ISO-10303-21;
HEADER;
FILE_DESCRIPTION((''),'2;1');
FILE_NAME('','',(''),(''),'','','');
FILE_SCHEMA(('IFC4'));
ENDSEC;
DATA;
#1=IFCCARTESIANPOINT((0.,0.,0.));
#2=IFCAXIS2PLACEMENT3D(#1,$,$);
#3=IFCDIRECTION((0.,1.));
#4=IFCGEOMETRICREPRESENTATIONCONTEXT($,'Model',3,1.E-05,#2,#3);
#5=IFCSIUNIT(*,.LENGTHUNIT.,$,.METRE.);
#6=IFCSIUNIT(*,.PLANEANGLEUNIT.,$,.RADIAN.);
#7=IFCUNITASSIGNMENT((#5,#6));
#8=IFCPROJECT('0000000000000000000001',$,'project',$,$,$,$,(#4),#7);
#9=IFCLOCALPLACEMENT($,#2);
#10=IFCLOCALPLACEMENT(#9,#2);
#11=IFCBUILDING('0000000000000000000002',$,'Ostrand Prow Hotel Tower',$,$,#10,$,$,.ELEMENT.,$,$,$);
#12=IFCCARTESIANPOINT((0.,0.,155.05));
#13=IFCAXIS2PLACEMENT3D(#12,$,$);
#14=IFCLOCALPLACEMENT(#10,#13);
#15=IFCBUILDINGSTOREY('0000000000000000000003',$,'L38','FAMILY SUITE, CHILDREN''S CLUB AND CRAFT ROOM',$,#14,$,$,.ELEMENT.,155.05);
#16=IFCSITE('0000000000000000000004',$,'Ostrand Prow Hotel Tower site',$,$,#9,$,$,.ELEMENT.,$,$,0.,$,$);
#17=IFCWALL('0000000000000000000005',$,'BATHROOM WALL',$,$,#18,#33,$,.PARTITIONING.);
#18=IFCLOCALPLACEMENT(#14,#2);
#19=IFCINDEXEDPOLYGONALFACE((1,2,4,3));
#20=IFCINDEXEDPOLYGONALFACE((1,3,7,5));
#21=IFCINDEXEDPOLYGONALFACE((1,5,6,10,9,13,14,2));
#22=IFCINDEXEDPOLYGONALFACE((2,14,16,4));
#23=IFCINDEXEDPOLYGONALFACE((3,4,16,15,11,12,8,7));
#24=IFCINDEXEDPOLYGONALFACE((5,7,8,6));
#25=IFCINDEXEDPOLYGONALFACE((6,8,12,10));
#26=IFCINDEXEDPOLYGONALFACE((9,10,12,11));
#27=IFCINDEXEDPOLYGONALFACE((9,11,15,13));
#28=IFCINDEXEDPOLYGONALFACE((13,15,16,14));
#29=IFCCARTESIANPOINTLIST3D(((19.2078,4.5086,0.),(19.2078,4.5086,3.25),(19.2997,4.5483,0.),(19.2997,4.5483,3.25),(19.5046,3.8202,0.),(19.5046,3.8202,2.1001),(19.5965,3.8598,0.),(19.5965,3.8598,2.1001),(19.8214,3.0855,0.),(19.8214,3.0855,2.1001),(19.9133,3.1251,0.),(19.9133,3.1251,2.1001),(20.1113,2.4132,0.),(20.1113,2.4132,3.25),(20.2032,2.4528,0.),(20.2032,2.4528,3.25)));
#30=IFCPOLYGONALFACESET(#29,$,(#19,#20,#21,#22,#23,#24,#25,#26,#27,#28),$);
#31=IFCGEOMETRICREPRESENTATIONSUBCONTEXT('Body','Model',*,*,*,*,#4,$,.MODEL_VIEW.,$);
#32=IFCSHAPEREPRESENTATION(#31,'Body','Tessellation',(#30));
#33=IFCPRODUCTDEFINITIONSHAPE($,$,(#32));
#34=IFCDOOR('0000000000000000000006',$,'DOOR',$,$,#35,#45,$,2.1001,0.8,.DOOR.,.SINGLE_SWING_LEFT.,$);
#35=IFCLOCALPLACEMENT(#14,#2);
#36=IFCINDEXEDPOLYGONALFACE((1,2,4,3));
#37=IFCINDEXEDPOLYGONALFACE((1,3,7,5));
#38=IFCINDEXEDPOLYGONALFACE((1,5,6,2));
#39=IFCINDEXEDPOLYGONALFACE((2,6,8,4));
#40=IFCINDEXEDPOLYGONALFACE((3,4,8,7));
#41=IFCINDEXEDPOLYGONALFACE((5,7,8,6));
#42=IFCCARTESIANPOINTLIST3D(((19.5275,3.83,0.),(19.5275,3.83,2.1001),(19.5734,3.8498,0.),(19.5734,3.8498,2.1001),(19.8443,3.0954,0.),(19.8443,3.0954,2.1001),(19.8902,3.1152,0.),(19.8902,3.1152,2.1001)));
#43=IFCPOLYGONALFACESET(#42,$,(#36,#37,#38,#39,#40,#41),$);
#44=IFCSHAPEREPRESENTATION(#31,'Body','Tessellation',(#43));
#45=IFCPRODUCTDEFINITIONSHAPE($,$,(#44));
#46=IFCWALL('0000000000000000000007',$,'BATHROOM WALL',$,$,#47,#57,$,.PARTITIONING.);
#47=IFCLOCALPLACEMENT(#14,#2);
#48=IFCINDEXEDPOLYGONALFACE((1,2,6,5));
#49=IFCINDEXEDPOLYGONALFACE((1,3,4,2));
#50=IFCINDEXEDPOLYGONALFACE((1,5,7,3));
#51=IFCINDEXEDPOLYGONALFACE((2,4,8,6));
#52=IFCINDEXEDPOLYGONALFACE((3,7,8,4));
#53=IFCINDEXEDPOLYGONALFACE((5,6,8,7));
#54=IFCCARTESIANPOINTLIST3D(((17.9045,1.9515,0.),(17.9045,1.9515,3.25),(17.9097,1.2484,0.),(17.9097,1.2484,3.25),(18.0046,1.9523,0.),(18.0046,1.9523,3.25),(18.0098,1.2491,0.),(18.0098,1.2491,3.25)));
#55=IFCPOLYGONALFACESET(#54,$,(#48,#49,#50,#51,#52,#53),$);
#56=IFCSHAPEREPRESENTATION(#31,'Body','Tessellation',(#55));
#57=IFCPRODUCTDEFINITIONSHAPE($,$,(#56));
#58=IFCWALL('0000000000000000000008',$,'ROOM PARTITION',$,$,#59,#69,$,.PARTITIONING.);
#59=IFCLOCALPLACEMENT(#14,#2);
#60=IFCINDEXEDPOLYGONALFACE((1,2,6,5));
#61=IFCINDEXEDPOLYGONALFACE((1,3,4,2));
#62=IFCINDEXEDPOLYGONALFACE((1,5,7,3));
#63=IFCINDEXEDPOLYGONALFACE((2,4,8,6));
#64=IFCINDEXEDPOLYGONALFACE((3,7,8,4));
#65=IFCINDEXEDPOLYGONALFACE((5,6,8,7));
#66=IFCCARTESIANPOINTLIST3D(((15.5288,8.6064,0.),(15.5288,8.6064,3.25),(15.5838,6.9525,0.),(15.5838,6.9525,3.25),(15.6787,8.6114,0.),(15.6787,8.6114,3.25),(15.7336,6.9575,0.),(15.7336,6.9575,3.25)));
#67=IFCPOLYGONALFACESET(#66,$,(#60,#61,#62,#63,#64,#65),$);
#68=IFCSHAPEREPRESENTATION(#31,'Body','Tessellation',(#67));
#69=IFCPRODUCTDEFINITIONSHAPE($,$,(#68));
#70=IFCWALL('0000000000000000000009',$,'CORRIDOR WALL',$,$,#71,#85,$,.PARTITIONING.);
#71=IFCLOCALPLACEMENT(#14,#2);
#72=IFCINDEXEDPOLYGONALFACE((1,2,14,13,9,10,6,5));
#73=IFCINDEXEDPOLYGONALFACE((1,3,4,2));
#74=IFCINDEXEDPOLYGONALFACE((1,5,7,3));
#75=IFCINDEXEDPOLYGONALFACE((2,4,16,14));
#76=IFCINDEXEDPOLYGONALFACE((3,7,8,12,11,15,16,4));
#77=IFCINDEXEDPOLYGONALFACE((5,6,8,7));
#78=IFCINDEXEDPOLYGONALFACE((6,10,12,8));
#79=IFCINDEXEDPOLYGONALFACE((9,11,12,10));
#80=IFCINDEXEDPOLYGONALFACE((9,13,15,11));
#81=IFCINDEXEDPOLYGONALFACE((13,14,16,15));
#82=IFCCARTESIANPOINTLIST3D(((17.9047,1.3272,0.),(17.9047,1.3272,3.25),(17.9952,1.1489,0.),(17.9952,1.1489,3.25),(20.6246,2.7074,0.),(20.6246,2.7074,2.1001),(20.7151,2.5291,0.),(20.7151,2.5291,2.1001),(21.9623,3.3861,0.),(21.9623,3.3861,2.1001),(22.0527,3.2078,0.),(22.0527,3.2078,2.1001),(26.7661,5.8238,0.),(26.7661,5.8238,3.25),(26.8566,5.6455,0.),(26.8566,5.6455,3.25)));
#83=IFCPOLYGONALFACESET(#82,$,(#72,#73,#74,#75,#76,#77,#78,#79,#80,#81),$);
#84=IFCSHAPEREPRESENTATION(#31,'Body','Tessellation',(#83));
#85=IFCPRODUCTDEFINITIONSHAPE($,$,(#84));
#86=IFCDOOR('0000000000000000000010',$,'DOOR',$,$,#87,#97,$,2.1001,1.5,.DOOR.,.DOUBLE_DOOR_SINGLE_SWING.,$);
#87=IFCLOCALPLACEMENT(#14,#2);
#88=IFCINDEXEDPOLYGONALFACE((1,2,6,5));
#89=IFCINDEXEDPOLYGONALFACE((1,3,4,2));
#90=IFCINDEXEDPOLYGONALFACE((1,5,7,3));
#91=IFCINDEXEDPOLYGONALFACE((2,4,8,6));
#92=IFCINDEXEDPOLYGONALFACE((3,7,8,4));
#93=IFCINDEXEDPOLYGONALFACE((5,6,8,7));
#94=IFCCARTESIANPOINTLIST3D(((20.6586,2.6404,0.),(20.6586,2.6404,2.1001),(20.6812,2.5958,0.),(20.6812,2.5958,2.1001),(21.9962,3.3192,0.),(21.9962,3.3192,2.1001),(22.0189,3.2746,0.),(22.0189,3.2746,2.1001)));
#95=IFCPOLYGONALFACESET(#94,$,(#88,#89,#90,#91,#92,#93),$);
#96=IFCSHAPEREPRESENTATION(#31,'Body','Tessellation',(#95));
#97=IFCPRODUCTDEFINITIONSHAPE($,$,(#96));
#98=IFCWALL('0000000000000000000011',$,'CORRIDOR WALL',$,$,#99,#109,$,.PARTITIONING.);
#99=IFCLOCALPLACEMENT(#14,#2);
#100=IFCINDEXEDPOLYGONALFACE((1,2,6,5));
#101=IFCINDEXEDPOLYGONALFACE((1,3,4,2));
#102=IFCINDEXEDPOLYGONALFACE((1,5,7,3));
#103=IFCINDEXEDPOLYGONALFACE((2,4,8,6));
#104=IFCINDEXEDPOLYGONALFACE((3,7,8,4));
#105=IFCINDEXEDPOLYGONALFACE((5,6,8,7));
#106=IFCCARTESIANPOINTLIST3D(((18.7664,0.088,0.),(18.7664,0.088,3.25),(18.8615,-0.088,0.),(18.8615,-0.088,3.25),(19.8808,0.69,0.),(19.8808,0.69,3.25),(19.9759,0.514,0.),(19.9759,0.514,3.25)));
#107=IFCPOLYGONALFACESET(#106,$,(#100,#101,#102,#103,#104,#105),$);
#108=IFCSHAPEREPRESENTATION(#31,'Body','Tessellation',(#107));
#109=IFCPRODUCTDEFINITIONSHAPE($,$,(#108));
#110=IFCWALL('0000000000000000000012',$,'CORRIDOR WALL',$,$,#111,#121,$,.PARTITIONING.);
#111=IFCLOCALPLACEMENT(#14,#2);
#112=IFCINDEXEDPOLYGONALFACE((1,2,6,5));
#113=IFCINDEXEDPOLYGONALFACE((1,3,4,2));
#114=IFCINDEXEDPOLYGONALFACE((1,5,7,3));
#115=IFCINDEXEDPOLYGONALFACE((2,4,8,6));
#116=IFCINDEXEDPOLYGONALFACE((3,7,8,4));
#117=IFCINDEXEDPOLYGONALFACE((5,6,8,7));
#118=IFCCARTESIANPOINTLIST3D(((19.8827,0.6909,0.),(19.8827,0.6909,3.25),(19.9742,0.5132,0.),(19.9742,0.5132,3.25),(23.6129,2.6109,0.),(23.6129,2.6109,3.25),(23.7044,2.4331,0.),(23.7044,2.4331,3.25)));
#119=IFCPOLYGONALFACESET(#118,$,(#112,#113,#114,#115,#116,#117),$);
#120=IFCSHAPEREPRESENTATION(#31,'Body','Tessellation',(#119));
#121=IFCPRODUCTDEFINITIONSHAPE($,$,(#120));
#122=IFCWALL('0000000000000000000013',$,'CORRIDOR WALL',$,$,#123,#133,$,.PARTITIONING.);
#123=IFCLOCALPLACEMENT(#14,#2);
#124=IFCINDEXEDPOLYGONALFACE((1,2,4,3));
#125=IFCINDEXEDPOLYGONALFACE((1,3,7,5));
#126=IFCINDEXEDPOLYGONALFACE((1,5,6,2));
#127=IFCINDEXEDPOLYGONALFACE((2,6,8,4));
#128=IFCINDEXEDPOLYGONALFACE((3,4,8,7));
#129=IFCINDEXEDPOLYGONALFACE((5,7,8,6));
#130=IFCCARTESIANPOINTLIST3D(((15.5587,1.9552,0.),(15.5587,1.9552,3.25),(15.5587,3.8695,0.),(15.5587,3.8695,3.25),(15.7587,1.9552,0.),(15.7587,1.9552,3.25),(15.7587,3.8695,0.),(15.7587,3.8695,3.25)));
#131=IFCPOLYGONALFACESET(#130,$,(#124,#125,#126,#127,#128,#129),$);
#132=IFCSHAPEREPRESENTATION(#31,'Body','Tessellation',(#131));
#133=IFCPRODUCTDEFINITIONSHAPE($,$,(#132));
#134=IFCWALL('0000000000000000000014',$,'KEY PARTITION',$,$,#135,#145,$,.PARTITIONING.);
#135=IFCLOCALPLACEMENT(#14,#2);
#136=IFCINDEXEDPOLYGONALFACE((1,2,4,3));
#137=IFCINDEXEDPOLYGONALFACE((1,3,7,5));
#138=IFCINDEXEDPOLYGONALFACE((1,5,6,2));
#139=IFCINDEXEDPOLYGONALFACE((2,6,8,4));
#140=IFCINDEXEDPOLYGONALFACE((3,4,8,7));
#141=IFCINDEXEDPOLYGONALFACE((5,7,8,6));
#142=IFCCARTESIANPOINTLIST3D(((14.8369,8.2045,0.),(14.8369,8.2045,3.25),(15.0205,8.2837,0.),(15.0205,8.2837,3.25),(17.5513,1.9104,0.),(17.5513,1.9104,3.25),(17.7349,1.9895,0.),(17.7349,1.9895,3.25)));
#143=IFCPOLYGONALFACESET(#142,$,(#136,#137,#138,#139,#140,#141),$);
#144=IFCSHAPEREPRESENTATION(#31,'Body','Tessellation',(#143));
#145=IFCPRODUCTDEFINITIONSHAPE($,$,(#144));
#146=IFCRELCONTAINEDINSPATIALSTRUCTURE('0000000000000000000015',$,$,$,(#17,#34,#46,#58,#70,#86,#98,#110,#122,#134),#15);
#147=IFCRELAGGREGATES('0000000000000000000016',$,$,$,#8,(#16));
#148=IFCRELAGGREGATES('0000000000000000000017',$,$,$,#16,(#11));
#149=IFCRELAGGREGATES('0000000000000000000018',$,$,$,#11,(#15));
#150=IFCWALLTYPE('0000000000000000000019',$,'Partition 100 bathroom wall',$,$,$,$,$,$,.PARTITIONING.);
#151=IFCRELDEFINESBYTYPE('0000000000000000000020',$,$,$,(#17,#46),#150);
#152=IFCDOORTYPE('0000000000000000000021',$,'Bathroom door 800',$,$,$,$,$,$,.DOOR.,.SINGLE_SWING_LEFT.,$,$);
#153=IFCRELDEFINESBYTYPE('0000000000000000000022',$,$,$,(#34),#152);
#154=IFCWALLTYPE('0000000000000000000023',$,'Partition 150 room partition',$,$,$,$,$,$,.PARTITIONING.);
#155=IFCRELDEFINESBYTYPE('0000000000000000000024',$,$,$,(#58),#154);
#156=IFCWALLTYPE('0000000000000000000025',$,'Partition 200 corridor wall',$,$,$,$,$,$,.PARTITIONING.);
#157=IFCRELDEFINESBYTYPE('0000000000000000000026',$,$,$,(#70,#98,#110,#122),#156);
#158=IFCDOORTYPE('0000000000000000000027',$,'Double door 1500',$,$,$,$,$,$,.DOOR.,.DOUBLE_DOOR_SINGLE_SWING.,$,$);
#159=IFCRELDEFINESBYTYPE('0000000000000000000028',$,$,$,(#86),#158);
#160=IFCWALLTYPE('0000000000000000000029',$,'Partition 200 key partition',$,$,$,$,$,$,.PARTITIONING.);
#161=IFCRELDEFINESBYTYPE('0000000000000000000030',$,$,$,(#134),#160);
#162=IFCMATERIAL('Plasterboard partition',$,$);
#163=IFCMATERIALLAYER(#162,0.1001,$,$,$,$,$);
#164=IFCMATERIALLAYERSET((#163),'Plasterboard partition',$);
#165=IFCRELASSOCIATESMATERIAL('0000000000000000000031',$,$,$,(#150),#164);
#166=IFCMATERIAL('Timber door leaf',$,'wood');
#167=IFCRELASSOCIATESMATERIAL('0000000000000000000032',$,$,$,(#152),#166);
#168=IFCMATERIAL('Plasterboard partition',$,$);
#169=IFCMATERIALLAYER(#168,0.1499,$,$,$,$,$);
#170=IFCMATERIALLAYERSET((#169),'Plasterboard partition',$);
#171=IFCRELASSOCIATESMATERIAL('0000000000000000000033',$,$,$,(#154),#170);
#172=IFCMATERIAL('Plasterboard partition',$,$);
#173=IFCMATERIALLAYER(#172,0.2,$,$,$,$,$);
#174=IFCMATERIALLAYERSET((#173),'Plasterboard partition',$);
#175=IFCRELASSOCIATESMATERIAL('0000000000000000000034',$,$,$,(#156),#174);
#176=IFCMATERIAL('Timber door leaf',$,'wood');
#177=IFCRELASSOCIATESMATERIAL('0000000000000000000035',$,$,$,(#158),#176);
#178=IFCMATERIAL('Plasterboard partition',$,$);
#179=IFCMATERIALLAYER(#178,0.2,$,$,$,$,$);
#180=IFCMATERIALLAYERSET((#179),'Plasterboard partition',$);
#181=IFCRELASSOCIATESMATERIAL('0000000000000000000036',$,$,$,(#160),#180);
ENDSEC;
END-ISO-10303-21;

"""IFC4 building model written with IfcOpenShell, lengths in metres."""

from ifc_helpers import new_model, si_unit, direction, frame, frame_2d, origin, place, context, subcontext, project, spatial, rectangle, extrude, material, layer, layer_set, type_object, element, fill, save


model = new_model("IFC4")

# Units and contexts
model_context = context("Model", 3, precision=1e-05, world=origin(), true_north=direction((0.0, 1.0)))
body_context = subcontext(model_context, "Body", "Model", "MODEL_VIEW")
ifc_project = project(units=[si_unit("LENGTHUNIT", "METRE"), si_unit("PLANEANGLEUNIT", "RADIAN")], contexts=[model_context])

# Site, building, storey
site_placement = place(None, origin())
site = spatial("IfcSite", under=ifc_project, at=site_placement, Name="Ostrand Prow Hotel Tower site", CompositionType="ELEMENT", RefElevation=0.0)
building_placement = place(site_placement, origin())
building = spatial("IfcBuilding", under=site, at=building_placement, Name="Ostrand Prow Hotel Tower", CompositionType="ELEMENT")
storey_placement = place(building_placement, frame((0.0, 0.0, 155.05)))
storey = spatial("IfcBuildingStorey", under=building, at=storey_placement, Name="L38", Description="FAMILY SUITE, CHILDREN'S CLUB AND CRAFT ROOM", CompositionType="ELEMENT", Elevation=155.05)

# Shared definitions
ifc_material_1 = material(Name="Plasterboard partition")
ifc_layer_1 = layer(ifc_material_1, 0.1001)
ifc_layer_set_1 = layer_set([ifc_layer_1], Name="Plasterboard partition")
wall_type_1 = type_object("IfcWallType", Name="Partition 100 bathroom wall", PredefinedType="PARTITIONING", material=ifc_layer_set_1)

# Wall, opening, door
wall_1_placement = place(storey_placement, frame((19.2537, 4.5286, 0.0), z_axis=(0.0, 0.0, 1.0), x_axis=(0.395958, -0.918268, 0.0)))
wall_1 = element("IfcWall", 1, at=wall_1_placement, inside=storey, type_object=wall_type_1, Name="BATHROOM WALL", PredefinedType="PARTITIONING", context=body_context, shape_type="SweptSolid", body=[
    extrude(rectangle(XDim=2.282, YDim=0.1001, at=frame_2d((1.1411, 0.0))), origin(), (0.0, 0.0, 1.0), 3.25),
])
opening_1_placement = place(wall_1_placement, frame((0.75, 0.0, 0.0)))
opening_1 = element("IfcOpeningElement", 2, at=opening_1_placement, cuts=wall_1, PredefinedType="OPENING", context=body_context, shape_type="SweptSolid", body=[
    extrude(rectangle(XDim=0.8, YDim=2.1001, at=frame_2d((0.3999, 1.05))), frame((0.0, 0.0601, 0.0), z_axis=(0.0, -1.0, 0.0), x_axis=(1.0, 0.0, 0.0)), (0.0, 0.0, 1.0), 0.1201),
])
ifc_material_2 = material(Name="Timber door leaf", Category="wood")
door_type_1 = type_object("IfcDoorType", Name="Bathroom door 800", OperationType="SINGLE_SWING_LEFT", PredefinedType="DOOR", material=ifc_material_2)
door_1_placement = place(opening_1_placement, origin())
door_1 = element("IfcDoor", 3, at=door_1_placement, inside=storey, type_object=door_type_1, Name="DOOR", OperationType="SINGLE_SWING_LEFT", OverallHeight=2.1001, OverallWidth=0.8, PredefinedType="DOOR", context=body_context, shape_type="SweptSolid", body=[
    extrude(rectangle(XDim=0.8, YDim=2.1001, at=frame_2d((0.3999, 1.05))), frame((0.0, 0.0249, 0.0), z_axis=(0.0, -1.0, 0.0), x_axis=(1.0, 0.0, 0.0)), (0.0, 0.0, 1.0), 0.05),
])
fill(opening_1, door_1)

# Walls
wall_2_placement = place(storey_placement, frame((17.9597, 1.2488, 0.0), z_axis=(0.0, 0.0, 1.0), x_axis=(-0.007291, 0.999973, 0.0)))
element("IfcWall", 4, at=wall_2_placement, inside=storey, type_object=wall_type_1, Name="BATHROOM WALL", PredefinedType="PARTITIONING", context=body_context, shape_type="SweptSolid", body=[
    extrude(rectangle(XDim=0.7031, YDim=0.1001, at=frame_2d((0.3516, 0.0))), origin(), (0.0, 0.0, 1.0), 3.25),
])
ifc_material_3 = material(Name="Plasterboard partition")
ifc_layer_2 = layer(ifc_material_3, 0.1499)
ifc_layer_set_2 = layer_set([ifc_layer_2], Name="Plasterboard partition")
wall_type_2 = type_object("IfcWallType", Name="Partition 150 room partition", PredefinedType="PARTITIONING", material=ifc_layer_set_2)
wall_3_placement = place(storey_placement, frame((15.6038, 8.6089, 0.0), z_axis=(0.0, 0.0, 1.0), x_axis=(0.033197, -0.999449, 0.0)))
element("IfcWall", 5, at=wall_3_placement, inside=storey, type_object=wall_type_2, Name="ROOM PARTITION", PredefinedType="PARTITIONING", context=body_context, shape_type="SweptSolid", body=[
    extrude(rectangle(XDim=1.6548, YDim=0.1499, at=frame_2d((0.8274, 0.0))), origin(), (0.0, 0.0, 1.0), 3.25),
])

# Wall, opening, door
ifc_material_4 = material(Name="Plasterboard partition")
ifc_layer_3 = layer(ifc_material_4, 0.2)
ifc_layer_set_3 = layer_set([ifc_layer_3], Name="Plasterboard partition")
wall_type_3 = type_object("IfcWallType", Name="Partition 200 corridor wall", PredefinedType="PARTITIONING", material=ifc_layer_set_3)
wall_4_placement = place(storey_placement, frame((17.95, 1.238, 0.0), z_axis=(0.0, 0.0, 1.0), x_axis=(0.891758, 0.452513, 0.0)))
wall_4 = element("IfcWall", 6, at=wall_4_placement, inside=storey, type_object=wall_type_3, Name="CORRIDOR WALL", PredefinedType="PARTITIONING", context=body_context, shape_type="SweptSolid", body=[
    extrude(rectangle(XDim=9.937, YDim=0.2, at=frame_2d((4.9685, 0.0))), origin(), (0.0, 0.0, 1.0), 3.25),
])
opening_2_placement = place(wall_4_placement, frame((3.05, 0.0, 0.0)))
opening_2 = element("IfcOpeningElement", 7, at=opening_2_placement, cuts=wall_4, PredefinedType="OPENING", context=body_context, shape_type="SweptSolid", body=[
    extrude(rectangle(XDim=1.5, YDim=2.1001, at=frame_2d((0.75, 1.05))), frame((0.0, 0.1099, 0.0), z_axis=(0.0, -1.0, 0.0), x_axis=(1.0, 0.0, 0.0)), (0.0, 0.0, 1.0), 0.22),
])
ifc_material_5 = material(Name="Timber door leaf", Category="wood")
door_type_2 = type_object("IfcDoorType", Name="Double door 1500", OperationType="DOUBLE_DOOR_SINGLE_SWING", PredefinedType="DOOR", material=ifc_material_5)
door_2_placement = place(opening_2_placement, origin())
door_2 = element("IfcDoor", 8, at=door_2_placement, inside=storey, type_object=door_type_2, Name="DOOR", OperationType="DOUBLE_DOOR_SINGLE_SWING", OverallHeight=2.1001, OverallWidth=1.5, PredefinedType="DOOR", context=body_context, shape_type="SweptSolid", body=[
    extrude(rectangle(XDim=1.5, YDim=2.1001, at=frame_2d((0.75, 1.05))), frame((0.0, 0.0249, 0.0), z_axis=(0.0, -1.0, 0.0), x_axis=(1.0, 0.0, 0.0)), (0.0, 0.0, 1.0), 0.05),
])
fill(opening_2, door_2)

# Walls
wall_5_placement = place(storey_placement, frame((18.814, 0.0, 0.0), z_axis=(0.0, 0.0, 1.0), x_axis=(0.879833, 0.475283, 0.0)))
element("IfcWall", 9, at=wall_5_placement, inside=storey, type_object=wall_type_3, Name="CORRIDOR WALL", PredefinedType="PARTITIONING", context=body_context, shape_type="SweptSolid", body=[
    extrude(rectangle(XDim=1.2666, YDim=0.2, at=frame_2d((0.6333, 0.0))), origin(), (0.0, 0.0, 1.0), 3.25),
])
wall_6_placement = place(storey_placement, frame((19.9285, 0.6021, 0.0), z_axis=(0.0, 0.0, 1.0), x_axis=(0.88914, 0.457635, 0.0)))
element("IfcWall", 10, at=wall_6_placement, inside=storey, type_object=wall_type_3, Name="CORRIDOR WALL", PredefinedType="PARTITIONING", context=body_context, shape_type="SweptSolid", body=[
    extrude(rectangle(XDim=4.1953, YDim=0.2, at=frame_2d((2.0977, 0.0))), origin(), (0.0, 0.0, 1.0), 3.25),
])
wall_7_placement = place(storey_placement, frame((15.6587, 3.8694, 0.0), z_axis=(0.0, 0.0, 1.0), x_axis=(0.0, -1.0, 0.0)))
element("IfcWall", 11, at=wall_7_placement, inside=storey, type_object=wall_type_3, Name="CORRIDOR WALL", PredefinedType="PARTITIONING", context=body_context, shape_type="SweptSolid", body=[
    extrude(rectangle(XDim=1.9143, YDim=0.2, at=frame_2d((0.957, 0.0))), origin(), (0.0, 0.0, 1.0), 3.25),
])
ifc_material_6 = material(Name="Plasterboard partition")
ifc_layer_4 = layer(ifc_material_6, 0.2)
ifc_layer_set_4 = layer_set([ifc_layer_4], Name="Plasterboard partition")
wall_type_4 = type_object("IfcWallType", Name="Partition 200 key partition", PredefinedType="PARTITIONING", material=ifc_layer_set_4)
wall_8_placement = place(storey_placement, frame((17.6431, 1.95, 0.0), z_axis=(0.0, 0.0, 1.0), x_axis=(-0.395995, 0.918253, 0.0)))
element("IfcWall", 12, at=wall_8_placement, inside=storey, type_object=wall_type_4, Name="KEY PARTITION", PredefinedType="PARTITIONING", context=body_context, shape_type="SweptSolid", body=[
    extrude(rectangle(XDim=6.8545, YDim=0.2, at=frame_2d((3.4272, 0.0))), origin(), (0.0, 0.0, 1.0), 3.25),
])

save(model, "model.ifc")
